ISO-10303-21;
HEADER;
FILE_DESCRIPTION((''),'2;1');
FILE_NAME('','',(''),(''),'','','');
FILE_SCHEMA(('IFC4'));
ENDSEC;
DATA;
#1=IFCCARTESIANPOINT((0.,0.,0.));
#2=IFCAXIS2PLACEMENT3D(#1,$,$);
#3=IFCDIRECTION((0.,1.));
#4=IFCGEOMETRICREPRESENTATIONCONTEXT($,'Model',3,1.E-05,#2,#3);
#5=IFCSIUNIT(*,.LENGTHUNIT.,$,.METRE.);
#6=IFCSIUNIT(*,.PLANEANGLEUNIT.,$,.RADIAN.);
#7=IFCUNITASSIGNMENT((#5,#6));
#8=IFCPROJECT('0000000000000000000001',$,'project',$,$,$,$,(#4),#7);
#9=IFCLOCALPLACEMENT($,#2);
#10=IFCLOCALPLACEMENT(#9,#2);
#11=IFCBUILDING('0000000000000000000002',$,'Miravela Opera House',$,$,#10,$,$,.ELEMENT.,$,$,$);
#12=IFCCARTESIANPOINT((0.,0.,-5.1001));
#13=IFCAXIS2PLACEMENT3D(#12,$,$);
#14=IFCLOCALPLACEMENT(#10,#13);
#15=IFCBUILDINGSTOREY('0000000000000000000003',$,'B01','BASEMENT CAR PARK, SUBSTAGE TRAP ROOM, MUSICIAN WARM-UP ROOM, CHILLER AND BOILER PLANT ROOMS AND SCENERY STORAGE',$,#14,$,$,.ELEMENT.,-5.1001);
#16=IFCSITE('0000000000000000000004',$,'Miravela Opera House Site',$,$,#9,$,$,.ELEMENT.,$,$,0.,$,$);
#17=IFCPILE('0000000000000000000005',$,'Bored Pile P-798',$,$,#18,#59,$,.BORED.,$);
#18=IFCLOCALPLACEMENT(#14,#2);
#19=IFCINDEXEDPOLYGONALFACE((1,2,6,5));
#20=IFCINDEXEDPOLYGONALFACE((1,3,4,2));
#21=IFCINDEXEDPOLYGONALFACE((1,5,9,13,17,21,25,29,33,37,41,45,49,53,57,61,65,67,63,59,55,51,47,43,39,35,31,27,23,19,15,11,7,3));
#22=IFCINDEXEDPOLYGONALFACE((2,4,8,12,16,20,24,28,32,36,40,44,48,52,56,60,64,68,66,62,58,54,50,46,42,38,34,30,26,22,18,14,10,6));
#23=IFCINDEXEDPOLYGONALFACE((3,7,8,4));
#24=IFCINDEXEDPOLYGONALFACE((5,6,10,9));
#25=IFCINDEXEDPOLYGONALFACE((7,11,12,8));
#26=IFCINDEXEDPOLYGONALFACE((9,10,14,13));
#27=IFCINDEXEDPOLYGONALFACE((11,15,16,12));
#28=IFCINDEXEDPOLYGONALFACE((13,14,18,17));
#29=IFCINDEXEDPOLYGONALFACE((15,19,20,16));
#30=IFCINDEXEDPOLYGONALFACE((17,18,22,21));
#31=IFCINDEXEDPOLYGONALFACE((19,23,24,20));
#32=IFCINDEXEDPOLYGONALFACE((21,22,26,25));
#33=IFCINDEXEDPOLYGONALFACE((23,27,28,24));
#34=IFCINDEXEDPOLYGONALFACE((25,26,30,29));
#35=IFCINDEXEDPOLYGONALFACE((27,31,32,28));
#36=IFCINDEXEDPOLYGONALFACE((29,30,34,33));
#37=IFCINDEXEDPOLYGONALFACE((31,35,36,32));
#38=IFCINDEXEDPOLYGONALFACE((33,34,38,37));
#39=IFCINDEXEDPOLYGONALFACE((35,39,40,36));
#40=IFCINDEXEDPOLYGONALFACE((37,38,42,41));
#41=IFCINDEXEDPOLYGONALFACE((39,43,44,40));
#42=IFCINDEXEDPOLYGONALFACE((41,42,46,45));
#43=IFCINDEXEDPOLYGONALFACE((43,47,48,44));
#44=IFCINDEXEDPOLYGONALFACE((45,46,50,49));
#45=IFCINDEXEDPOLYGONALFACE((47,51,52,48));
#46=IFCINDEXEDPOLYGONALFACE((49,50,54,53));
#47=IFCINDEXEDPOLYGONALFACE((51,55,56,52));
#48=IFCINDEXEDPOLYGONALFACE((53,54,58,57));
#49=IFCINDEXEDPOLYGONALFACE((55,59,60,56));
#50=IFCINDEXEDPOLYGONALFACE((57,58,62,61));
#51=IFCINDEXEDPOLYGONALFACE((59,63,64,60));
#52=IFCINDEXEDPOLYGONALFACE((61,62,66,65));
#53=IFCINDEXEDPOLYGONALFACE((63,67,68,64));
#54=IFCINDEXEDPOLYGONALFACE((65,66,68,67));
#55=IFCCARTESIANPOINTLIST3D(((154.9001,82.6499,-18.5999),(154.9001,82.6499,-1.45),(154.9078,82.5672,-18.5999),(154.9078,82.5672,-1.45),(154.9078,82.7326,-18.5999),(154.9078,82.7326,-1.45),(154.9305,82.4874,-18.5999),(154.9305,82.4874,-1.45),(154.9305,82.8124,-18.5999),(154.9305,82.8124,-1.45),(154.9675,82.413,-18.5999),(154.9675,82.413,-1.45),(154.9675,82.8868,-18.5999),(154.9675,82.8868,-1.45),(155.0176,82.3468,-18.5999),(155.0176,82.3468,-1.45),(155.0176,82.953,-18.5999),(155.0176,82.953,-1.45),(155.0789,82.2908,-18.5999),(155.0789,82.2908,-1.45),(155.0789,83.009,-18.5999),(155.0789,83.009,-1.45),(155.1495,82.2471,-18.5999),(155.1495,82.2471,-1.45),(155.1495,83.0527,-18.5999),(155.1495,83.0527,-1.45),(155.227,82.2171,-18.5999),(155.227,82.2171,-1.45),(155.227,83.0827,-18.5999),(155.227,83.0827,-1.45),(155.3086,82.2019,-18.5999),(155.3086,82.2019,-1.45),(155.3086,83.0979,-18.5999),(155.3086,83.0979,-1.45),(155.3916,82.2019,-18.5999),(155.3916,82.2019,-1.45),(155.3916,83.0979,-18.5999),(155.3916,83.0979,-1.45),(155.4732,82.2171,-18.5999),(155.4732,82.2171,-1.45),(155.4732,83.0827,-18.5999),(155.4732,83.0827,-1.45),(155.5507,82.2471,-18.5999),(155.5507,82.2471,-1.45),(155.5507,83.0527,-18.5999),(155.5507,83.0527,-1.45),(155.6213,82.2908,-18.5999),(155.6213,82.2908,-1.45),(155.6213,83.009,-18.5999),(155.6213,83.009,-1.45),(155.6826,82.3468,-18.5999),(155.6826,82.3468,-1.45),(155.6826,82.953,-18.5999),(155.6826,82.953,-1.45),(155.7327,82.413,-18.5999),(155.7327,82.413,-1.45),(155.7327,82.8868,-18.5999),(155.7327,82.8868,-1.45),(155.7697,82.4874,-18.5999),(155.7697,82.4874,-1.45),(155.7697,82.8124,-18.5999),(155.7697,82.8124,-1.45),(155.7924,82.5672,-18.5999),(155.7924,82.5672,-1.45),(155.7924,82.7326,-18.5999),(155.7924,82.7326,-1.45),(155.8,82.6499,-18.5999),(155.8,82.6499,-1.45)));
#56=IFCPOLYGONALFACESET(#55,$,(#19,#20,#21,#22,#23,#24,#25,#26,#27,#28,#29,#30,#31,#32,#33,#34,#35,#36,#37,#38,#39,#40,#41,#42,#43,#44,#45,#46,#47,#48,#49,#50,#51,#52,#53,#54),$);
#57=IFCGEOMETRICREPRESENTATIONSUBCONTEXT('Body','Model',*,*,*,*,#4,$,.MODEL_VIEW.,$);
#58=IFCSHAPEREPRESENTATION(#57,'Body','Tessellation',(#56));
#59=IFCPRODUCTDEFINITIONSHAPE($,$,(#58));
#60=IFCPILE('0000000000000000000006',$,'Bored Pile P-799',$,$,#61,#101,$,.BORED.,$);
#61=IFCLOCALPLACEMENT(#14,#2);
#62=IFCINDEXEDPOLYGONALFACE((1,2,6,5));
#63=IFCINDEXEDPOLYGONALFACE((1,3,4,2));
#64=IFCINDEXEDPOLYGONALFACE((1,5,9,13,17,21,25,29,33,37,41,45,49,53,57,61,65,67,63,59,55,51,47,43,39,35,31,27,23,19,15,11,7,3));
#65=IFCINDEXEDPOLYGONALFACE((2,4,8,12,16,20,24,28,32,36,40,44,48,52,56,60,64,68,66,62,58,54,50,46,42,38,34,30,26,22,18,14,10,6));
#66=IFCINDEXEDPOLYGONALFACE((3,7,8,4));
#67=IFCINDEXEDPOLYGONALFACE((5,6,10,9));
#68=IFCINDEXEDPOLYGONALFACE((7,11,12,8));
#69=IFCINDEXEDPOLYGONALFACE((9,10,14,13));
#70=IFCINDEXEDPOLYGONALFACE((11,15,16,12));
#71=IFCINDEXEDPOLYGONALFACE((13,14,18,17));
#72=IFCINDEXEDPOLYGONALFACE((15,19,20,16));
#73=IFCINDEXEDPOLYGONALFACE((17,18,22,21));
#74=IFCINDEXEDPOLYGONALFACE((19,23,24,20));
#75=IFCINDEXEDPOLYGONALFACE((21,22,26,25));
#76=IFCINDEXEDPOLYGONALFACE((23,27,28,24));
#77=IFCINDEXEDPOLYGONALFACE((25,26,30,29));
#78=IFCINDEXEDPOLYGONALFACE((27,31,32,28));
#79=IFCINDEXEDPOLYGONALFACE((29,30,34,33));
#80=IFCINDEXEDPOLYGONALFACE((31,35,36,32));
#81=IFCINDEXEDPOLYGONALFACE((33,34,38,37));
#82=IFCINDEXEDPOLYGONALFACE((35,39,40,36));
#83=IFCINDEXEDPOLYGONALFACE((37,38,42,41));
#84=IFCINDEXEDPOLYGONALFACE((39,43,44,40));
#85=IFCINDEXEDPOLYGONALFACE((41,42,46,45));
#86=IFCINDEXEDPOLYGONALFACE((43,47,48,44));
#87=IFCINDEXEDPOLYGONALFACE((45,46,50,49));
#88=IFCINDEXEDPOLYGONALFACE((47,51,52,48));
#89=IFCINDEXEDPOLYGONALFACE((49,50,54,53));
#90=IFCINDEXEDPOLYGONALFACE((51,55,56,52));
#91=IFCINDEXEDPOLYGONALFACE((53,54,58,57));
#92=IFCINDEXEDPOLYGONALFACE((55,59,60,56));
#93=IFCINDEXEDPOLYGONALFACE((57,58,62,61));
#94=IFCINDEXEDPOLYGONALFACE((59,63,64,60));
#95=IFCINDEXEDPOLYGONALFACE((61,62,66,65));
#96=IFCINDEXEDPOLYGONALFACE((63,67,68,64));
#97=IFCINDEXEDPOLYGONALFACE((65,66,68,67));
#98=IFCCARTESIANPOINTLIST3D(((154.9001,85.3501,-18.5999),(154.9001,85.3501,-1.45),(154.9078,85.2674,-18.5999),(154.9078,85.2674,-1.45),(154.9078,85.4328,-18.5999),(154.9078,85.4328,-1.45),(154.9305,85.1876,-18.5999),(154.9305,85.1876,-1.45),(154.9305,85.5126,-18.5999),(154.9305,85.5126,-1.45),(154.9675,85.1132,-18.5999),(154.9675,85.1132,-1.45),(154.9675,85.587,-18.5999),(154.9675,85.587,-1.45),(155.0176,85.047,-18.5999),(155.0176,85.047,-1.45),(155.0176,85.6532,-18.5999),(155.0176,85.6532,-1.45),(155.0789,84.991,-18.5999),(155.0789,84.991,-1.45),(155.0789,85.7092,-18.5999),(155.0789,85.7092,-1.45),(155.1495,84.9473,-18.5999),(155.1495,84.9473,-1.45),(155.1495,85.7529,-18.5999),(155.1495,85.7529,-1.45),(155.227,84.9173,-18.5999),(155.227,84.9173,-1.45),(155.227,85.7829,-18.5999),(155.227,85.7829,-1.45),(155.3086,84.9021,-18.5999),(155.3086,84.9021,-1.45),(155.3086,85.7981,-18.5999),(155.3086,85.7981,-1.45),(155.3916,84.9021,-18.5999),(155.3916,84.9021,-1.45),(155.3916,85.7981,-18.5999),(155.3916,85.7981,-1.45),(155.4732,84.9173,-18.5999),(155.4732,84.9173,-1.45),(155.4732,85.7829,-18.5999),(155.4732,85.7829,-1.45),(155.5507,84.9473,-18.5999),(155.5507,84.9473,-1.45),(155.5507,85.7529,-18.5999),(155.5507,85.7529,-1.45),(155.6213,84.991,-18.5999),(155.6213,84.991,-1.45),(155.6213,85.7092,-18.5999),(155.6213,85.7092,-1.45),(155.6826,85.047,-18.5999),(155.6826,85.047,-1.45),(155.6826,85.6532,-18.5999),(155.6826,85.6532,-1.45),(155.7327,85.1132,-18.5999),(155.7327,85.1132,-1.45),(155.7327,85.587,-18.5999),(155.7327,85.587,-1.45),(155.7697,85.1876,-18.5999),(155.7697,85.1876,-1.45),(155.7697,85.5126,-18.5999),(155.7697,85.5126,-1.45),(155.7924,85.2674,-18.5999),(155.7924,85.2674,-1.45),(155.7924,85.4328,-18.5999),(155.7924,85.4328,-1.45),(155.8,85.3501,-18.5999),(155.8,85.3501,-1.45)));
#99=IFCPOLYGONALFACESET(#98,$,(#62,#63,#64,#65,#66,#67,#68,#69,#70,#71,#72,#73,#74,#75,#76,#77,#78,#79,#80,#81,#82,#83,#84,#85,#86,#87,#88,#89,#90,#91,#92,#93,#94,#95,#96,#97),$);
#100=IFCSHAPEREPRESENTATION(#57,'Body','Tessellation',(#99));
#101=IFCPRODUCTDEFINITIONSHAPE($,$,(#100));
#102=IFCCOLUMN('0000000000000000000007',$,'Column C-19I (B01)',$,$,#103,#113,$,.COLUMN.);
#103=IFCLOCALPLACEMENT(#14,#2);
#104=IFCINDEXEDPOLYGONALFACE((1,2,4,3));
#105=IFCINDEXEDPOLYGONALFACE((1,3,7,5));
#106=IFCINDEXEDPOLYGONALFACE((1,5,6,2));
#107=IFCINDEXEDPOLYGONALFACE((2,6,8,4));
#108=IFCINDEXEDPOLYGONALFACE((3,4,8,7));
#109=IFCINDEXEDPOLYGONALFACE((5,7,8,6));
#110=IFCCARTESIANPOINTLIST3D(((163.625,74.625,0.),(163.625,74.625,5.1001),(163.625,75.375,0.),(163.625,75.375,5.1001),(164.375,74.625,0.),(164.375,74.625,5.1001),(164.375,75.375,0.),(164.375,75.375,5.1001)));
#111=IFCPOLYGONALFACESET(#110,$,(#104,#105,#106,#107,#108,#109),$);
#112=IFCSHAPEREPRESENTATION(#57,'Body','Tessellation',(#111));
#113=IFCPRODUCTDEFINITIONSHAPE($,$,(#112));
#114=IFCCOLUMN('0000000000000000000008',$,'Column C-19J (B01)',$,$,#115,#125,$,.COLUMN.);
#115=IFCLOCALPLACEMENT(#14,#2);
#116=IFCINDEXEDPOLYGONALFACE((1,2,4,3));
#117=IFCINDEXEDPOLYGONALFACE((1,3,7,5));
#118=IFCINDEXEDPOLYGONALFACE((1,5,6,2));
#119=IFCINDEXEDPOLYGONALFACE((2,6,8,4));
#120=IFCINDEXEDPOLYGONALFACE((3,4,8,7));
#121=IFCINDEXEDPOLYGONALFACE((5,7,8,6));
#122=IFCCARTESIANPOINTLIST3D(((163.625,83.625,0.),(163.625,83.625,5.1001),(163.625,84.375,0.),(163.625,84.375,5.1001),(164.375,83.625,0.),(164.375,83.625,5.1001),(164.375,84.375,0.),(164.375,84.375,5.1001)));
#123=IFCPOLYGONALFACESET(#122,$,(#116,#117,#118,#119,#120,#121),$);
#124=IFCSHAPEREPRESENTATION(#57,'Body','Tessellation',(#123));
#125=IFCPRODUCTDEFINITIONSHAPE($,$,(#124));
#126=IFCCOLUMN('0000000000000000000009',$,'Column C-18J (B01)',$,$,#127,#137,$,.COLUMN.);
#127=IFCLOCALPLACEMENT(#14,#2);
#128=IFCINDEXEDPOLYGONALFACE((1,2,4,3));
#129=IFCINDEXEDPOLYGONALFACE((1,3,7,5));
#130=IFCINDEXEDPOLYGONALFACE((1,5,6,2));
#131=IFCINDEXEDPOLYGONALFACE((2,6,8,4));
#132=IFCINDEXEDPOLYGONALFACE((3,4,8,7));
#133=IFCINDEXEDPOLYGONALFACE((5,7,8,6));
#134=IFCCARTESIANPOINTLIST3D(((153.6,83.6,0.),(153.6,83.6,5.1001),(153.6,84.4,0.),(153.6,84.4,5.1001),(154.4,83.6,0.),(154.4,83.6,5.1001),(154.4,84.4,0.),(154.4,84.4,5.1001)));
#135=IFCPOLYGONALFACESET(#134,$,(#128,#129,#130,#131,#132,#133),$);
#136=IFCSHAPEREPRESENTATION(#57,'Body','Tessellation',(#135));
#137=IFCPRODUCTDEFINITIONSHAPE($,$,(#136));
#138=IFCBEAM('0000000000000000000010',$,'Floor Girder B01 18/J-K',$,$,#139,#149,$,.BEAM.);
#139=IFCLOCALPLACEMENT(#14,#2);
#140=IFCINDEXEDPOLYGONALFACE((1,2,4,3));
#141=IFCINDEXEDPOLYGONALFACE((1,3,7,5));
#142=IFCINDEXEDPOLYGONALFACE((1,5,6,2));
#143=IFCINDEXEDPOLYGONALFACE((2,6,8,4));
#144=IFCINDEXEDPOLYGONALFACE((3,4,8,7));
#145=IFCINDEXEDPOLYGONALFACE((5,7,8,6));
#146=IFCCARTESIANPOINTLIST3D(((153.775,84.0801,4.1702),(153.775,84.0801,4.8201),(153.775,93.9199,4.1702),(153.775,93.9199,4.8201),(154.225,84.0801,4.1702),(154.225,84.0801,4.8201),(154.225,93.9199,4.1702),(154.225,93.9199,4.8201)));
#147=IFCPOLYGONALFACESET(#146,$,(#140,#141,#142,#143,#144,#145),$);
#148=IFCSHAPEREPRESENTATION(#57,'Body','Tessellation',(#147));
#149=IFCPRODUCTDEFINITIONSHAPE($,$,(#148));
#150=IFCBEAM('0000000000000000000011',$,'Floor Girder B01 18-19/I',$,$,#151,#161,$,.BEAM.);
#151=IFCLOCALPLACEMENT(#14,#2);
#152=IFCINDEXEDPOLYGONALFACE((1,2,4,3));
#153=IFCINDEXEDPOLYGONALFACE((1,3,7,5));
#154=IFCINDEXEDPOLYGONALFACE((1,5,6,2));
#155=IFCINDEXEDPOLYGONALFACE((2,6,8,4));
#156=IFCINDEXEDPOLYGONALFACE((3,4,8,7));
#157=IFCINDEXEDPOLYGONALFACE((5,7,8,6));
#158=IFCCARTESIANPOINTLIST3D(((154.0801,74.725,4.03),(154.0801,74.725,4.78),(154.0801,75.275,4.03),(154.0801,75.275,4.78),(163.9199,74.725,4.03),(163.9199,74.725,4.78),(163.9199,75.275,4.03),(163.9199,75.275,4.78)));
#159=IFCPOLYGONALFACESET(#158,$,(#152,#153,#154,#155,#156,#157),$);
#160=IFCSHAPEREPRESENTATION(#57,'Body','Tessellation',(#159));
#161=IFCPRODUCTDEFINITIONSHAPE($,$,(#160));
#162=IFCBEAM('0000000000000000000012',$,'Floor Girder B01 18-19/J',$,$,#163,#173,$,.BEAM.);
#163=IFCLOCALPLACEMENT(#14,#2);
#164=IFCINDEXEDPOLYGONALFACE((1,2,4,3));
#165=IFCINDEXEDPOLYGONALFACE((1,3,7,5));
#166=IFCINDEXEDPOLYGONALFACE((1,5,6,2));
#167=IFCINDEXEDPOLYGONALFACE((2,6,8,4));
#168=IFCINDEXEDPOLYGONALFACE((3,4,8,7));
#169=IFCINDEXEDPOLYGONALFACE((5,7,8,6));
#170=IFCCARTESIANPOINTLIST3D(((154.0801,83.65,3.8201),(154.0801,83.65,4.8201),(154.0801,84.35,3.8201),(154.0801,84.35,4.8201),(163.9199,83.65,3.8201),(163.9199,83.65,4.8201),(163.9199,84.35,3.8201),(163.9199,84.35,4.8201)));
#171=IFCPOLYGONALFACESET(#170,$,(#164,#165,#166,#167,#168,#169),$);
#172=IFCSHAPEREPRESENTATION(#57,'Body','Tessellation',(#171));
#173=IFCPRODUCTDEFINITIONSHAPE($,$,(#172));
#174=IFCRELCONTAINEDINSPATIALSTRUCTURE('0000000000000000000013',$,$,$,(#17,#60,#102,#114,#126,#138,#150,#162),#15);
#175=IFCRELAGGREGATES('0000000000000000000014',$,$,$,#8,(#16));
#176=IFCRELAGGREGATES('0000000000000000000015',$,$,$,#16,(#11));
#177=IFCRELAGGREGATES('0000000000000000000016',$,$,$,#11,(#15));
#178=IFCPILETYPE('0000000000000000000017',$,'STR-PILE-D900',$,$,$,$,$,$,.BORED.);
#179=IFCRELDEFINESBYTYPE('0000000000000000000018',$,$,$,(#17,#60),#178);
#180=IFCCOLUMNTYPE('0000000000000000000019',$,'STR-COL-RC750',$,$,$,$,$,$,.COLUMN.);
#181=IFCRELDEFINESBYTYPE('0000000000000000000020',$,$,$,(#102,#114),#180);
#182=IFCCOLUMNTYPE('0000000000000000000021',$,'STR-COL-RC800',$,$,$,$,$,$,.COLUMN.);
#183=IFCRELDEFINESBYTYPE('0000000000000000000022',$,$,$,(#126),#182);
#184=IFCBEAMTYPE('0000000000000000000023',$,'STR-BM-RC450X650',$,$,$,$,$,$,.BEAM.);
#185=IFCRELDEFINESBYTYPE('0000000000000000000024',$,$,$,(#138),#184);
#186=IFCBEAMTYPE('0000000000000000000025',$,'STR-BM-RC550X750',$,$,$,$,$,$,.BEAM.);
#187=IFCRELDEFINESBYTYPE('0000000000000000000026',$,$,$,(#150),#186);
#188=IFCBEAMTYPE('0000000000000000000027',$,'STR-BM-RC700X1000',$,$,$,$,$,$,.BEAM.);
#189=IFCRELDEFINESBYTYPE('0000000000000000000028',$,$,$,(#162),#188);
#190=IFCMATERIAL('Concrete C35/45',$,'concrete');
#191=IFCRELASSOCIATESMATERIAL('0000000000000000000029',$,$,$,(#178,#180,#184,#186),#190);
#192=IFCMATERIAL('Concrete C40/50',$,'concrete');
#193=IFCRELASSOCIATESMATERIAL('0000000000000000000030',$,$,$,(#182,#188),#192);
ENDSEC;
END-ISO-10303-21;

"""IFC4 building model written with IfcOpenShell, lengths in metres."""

from ifc_helpers import new_model, si_unit, direction, frame, origin, origin_2d, place, context, subcontext, project, spatial, rectangle, circle, extrude, material, material_profile, profile_set, type_object, element, save


model = new_model("IFC4")

# Units and contexts
model_context = context("Model", 3, precision=1e-05, world=origin(), true_north=direction((0.0, 1.0)))
body_context = subcontext(model_context, "Body", "Model", "MODEL_VIEW")
ifc_project = project(units=[si_unit("LENGTHUNIT", "METRE"), si_unit("PLANEANGLEUNIT", "RADIAN")], contexts=[model_context])

# Site, building, storey
site_placement = place(None, origin())
site = spatial("IfcSite", under=ifc_project, at=site_placement, Name="Miravela Opera House Site", CompositionType="ELEMENT", RefElevation=0.0)
building_placement = place(site_placement, origin())
building = spatial("IfcBuilding", under=site, at=building_placement, Name="Miravela Opera House", CompositionType="ELEMENT")
storey_placement = place(building_placement, frame((0.0, 0.0, -5.1001)))
storey = spatial("IfcBuildingStorey", under=building, at=storey_placement, Name="B01", Description="BASEMENT CAR PARK, SUBSTAGE TRAP ROOM, MUSICIAN WARM-UP ROOM, CHILLER AND BOILER PLANT ROOMS AND SCENERY STORAGE", CompositionType="ELEMENT", Elevation=-5.1001)

# Shared definitions
ifc_material_1 = material(Name="Concrete C35/45", Category="concrete")

# Piles
ifc_material_profile_1 = material_profile(ifc_material_1, circle(Radius=0.45, at=origin_2d()), Name="PILE-D900")
ifc_profile_set_1 = profile_set([ifc_material_profile_1])
pile_type_1 = type_object("IfcPileType", Name="STR-PILE-D900", PredefinedType="BORED", material=ifc_profile_set_1)
for number, where, z_axis, x_axis, name in (
    (1, (155.3501, 82.6499, -1.45), (0.0, 0.0, -1.0), (1.0, 0.0, 0.0), "Bored Pile P-798"),
    (2, (155.3501, 85.3501, -1.45), (0.0, 0.0, -1.0), (1.0, 0.0, 0.0), "Bored Pile P-799"),
):
    element("IfcPile", number, at=place(storey_placement, frame(where, z_axis=z_axis, x_axis=x_axis)), inside=storey, type_object=pile_type_1, Name=name, PredefinedType="BORED", context=body_context, shape_type="SweptSolid", body=[
        extrude(circle(Radius=0.45, at=origin_2d()), origin(), (0.0, 0.0, 1.0), 17.1499),
    ])

# Columns
ifc_material_profile_2 = material_profile(ifc_material_1, rectangle(XDim=0.75, YDim=0.75, at=origin_2d()), Name="RC-COL-750X750")
ifc_profile_set_2 = profile_set([ifc_material_profile_2])
column_type_1 = type_object("IfcColumnType", Name="STR-COL-RC750", PredefinedType="COLUMN", material=ifc_profile_set_2)
for number, where, z_axis, x_axis, name in (
    (3, (164.0, 75.0, 0.0), (0.0, 0.0, 1.0), (1.0, 0.0, 0.0), "Column C-19I (B01)"),
    (4, (164.0, 84.0, 0.0), (0.0, 0.0, 1.0), (1.0, 0.0, 0.0), "Column C-19J (B01)"),
):
    element("IfcColumn", number, at=place(storey_placement, frame(where, z_axis=z_axis, x_axis=x_axis)), inside=storey, type_object=column_type_1, Name=name, PredefinedType="COLUMN", context=body_context, shape_type="SweptSolid", body=[
        extrude(rectangle(XDim=0.75, YDim=0.75, at=origin_2d()), origin(), (0.0, 0.0, 1.0), 5.1001),
    ])
ifc_material_2 = material(Name="Concrete C40/50", Category="concrete")
ifc_material_profile_3 = material_profile(ifc_material_2, rectangle(XDim=0.8, YDim=0.8, at=origin_2d()), Name="RC-COL-800X800")
ifc_profile_set_3 = profile_set([ifc_material_profile_3])
column_type_2 = type_object("IfcColumnType", Name="STR-COL-RC800", PredefinedType="COLUMN", material=ifc_profile_set_3)
column_placement = place(storey_placement, frame((154.0, 84.0, 0.0), z_axis=(0.0, 0.0, 1.0), x_axis=(1.0, 0.0, 0.0)))
element("IfcColumn", 5, at=column_placement, inside=storey, type_object=column_type_2, Name="Column C-18J (B01)", PredefinedType="COLUMN", context=body_context, shape_type="SweptSolid", body=[
    extrude(rectangle(XDim=0.8, YDim=0.8, at=origin_2d()), origin(), (0.0, 0.0, 1.0), 5.1001),
])

# Beams
ifc_material_profile_4 = material_profile(ifc_material_1, rectangle(XDim=0.45, YDim=0.6499, at=origin_2d()), Name="RC-BM-450X650")
ifc_profile_set_4 = profile_set([ifc_material_profile_4])
beam_type_1 = type_object("IfcBeamType", Name="STR-BM-RC450X650", PredefinedType="BEAM", material=ifc_profile_set_4)
beam_1_placement = place(storey_placement, frame((154.0, 84.0801, 4.4951), z_axis=(0.0, 1.0, 0.0), x_axis=(-1.0, 0.0, 0.0)))
element("IfcBeam", 6, at=beam_1_placement, inside=storey, type_object=beam_type_1, Name="Floor Girder B01 18/J-K", PredefinedType="BEAM", context=body_context, shape_type="SweptSolid", body=[
    extrude(rectangle(XDim=0.45, YDim=0.6499, at=origin_2d()), origin(), (0.0, 0.0, 1.0), 9.8398),
])
ifc_material_profile_5 = material_profile(ifc_material_1, rectangle(XDim=0.55, YDim=0.75, at=origin_2d()), Name="RC-BM-550X750")
ifc_profile_set_5 = profile_set([ifc_material_profile_5])
beam_type_2 = type_object("IfcBeamType", Name="STR-BM-RC550X750", PredefinedType="BEAM", material=ifc_profile_set_5)
beam_2_placement = place(storey_placement, frame((154.0801, 75.0, 4.405), z_axis=(1.0, 0.0, 0.0), x_axis=(0.0, 1.0, 0.0)))
element("IfcBeam", 7, at=beam_2_placement, inside=storey, type_object=beam_type_2, Name="Floor Girder B01 18-19/I", PredefinedType="BEAM", context=body_context, shape_type="SweptSolid", body=[
    extrude(rectangle(XDim=0.55, YDim=0.75, at=origin_2d()), origin(), (0.0, 0.0, 1.0), 9.8398),
])
ifc_material_profile_6 = material_profile(ifc_material_2, rectangle(XDim=0.7, YDim=1.0, at=origin_2d()), Name="RC-BM-700X1000")
ifc_profile_set_6 = profile_set([ifc_material_profile_6])
beam_type_3 = type_object("IfcBeamType", Name="STR-BM-RC700X1000", PredefinedType="BEAM", material=ifc_profile_set_6)
beam_3_placement = place(storey_placement, frame((154.0801, 84.0, 4.3201), z_axis=(1.0, 0.0, 0.0), x_axis=(0.0, 1.0, 0.0)))
element("IfcBeam", 8, at=beam_3_placement, inside=storey, type_object=beam_type_3, Name="Floor Girder B01 18-19/J", PredefinedType="BEAM", context=body_context, shape_type="SweptSolid", body=[
    extrude(rectangle(XDim=0.7, YDim=1.0, at=origin_2d()), origin(), (0.0, 0.0, 1.0), 9.8398),
])

save(model, "model.ifc")
